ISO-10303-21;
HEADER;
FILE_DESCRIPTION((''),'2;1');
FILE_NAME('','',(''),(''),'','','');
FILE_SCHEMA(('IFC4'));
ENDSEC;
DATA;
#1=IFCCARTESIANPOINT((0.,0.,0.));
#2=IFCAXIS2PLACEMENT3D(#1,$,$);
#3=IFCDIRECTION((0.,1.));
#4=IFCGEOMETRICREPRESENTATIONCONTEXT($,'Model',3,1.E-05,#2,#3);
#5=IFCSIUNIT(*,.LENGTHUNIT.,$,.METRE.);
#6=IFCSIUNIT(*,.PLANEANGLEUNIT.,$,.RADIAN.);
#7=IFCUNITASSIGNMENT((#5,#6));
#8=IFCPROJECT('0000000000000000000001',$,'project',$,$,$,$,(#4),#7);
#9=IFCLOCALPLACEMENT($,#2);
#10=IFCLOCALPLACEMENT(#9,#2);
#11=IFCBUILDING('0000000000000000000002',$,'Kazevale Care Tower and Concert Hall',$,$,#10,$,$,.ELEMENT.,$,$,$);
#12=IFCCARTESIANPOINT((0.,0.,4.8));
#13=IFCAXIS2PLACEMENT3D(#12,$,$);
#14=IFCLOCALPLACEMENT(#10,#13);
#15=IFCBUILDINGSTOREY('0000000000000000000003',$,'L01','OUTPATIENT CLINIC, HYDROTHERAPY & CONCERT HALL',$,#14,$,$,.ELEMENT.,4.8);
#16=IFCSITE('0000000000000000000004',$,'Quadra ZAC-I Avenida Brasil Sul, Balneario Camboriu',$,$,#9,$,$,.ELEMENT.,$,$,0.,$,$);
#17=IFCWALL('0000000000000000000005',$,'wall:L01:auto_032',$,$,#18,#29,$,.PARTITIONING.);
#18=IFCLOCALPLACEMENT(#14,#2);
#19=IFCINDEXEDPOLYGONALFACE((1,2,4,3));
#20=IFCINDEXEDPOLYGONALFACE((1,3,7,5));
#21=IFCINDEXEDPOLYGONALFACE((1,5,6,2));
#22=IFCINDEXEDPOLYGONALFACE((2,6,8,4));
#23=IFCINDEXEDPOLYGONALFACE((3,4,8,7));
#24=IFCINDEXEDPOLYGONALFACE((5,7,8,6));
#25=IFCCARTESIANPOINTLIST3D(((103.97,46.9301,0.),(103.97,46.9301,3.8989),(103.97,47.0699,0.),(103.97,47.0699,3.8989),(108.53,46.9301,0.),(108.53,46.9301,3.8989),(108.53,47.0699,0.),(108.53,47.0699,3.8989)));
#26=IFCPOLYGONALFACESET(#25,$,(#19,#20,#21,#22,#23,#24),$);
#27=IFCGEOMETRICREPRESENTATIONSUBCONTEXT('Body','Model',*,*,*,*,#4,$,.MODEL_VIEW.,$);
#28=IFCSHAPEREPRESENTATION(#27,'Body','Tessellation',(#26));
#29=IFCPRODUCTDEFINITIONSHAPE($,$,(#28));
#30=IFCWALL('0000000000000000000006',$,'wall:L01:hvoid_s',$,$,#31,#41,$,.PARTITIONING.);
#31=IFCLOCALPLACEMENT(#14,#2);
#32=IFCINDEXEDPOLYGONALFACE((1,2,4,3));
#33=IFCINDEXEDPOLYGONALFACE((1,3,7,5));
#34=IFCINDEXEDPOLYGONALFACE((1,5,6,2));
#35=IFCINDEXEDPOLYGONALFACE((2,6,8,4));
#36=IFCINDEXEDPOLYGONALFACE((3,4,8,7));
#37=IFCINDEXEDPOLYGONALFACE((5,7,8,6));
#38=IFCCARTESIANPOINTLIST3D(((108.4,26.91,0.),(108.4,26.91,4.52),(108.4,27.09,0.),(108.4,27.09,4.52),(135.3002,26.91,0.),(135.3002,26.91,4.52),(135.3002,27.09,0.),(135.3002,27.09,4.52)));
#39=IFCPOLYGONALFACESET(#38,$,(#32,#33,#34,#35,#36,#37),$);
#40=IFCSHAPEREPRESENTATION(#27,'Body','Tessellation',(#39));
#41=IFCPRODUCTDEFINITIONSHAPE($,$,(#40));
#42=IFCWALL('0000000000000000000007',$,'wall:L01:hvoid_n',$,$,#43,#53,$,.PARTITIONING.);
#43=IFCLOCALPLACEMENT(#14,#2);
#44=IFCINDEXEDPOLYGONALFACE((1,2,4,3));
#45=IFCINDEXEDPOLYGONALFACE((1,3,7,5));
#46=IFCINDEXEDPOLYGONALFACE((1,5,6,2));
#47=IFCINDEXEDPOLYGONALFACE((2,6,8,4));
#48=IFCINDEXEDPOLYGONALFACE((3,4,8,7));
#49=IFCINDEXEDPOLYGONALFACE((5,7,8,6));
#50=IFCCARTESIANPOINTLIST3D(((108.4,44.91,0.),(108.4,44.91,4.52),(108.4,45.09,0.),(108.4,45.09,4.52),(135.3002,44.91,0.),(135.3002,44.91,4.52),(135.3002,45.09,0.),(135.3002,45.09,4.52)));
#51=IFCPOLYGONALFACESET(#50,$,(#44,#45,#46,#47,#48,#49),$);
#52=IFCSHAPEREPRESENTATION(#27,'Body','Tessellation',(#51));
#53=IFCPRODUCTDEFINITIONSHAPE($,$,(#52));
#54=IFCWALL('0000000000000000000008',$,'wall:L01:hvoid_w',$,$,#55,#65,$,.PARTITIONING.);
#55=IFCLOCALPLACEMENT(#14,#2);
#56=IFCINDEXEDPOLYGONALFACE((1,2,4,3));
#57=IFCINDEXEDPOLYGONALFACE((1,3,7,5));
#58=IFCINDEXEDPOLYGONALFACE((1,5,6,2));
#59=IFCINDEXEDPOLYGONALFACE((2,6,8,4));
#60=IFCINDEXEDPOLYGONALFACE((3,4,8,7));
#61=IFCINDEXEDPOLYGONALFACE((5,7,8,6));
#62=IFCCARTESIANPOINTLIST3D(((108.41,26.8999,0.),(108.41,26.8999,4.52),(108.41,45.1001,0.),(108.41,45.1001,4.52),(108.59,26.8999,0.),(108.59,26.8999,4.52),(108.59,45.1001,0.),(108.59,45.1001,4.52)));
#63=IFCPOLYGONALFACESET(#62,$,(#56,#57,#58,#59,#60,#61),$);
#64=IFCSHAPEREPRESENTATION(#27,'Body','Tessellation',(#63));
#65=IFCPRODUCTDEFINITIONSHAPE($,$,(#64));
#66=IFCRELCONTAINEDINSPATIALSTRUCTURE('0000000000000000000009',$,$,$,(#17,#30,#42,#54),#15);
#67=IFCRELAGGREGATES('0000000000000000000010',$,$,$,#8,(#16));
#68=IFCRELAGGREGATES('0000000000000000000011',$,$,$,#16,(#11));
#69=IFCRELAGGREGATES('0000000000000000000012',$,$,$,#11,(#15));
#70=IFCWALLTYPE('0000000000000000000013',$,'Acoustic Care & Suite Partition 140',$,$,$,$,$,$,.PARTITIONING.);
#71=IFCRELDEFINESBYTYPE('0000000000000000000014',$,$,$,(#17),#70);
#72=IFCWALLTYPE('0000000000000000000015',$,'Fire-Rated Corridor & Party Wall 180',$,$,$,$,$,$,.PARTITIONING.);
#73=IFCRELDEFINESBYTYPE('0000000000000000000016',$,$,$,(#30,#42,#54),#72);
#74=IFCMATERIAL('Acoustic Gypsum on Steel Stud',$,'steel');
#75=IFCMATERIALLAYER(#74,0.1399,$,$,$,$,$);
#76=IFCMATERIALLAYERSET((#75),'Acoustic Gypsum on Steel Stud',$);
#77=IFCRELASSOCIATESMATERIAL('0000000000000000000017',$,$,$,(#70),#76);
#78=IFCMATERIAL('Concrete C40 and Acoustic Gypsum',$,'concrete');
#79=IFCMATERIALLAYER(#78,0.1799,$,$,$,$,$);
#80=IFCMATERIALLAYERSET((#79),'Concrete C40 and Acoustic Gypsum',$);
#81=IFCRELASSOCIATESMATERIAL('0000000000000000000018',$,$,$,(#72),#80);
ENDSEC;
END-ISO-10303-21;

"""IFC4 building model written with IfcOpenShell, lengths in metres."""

from ifc_helpers import new_model, si_unit, direction, frame, frame_2d, origin, place, context, subcontext, project, spatial, rectangle, extrude, material, layer, layer_set, type_object, element, save


model = new_model("IFC4")

# Units and contexts
model_context = context("Model", 3, precision=1e-05, world=origin(), true_north=direction((0.0, 1.0)))
body_context = subcontext(model_context, "Body", "Model", "MODEL_VIEW")
ifc_project = project(units=[si_unit("LENGTHUNIT", "METRE"), si_unit("PLANEANGLEUNIT", "RADIAN")], contexts=[model_context])

# Site, building, storey
site_placement = place(None, origin())
site = spatial("IfcSite", under=ifc_project, at=site_placement, Name="Quadra ZAC-I Avenida Brasil Sul, Balneario Camboriu", CompositionType="ELEMENT", RefElevation=0.0)
building_placement = place(site_placement, origin())
building = spatial("IfcBuilding", under=site, at=building_placement, Name="Kazevale Care Tower and Concert Hall", CompositionType="ELEMENT")
storey_placement = place(building_placement, frame((0.0, 0.0, 4.8)))
storey = spatial("IfcBuildingStorey", under=building, at=storey_placement, Name="L01", Description="OUTPATIENT CLINIC, HYDROTHERAPY & CONCERT HALL", CompositionType="ELEMENT", Elevation=4.8)

# Walls
ifc_material_1 = material(Name="Acoustic Gypsum on Steel Stud", Category="steel")
ifc_layer_1 = layer(ifc_material_1, 0.1399)
ifc_layer_set_1 = layer_set([ifc_layer_1], Name="Acoustic Gypsum on Steel Stud")
wall_type_1 = type_object("IfcWallType", Name="Acoustic Care & Suite Partition 140", PredefinedType="PARTITIONING", material=ifc_layer_set_1)
wall_1_placement = place(storey_placement, frame((103.97, 47.0, 0.0), z_axis=(0.0, 0.0, 1.0), x_axis=(1.0, 0.0, 0.0)))
element("IfcWall", 1, at=wall_1_placement, inside=storey, type_object=wall_type_1, Name="wall:L01:auto_032", PredefinedType="PARTITIONING", context=body_context, shape_type="SweptSolid", body=[
    extrude(rectangle(XDim=4.5601, YDim=0.1399, at=frame_2d((2.28, 0.0))), origin(), (0.0, 0.0, 1.0), 3.8989),
])
ifc_material_2 = material(Name="Concrete C40 and Acoustic Gypsum", Category="concrete")
ifc_layer_2 = layer(ifc_material_2, 0.1799)
ifc_layer_set_2 = layer_set([ifc_layer_2], Name="Concrete C40 and Acoustic Gypsum")
wall_type_2 = type_object("IfcWallType", Name="Fire-Rated Corridor & Party Wall 180", PredefinedType="PARTITIONING", material=ifc_layer_set_2)
for number, where, z_axis, x_axis, name in (
    (2, (108.3999, 27.0, 0.0), (0.0, 0.0, 1.0), (1.0, 0.0, 0.0), "wall:L01:hvoid_s"),
    (3, (108.3999, 45.0, 0.0), (0.0, 0.0, 1.0), (1.0, 0.0, 0.0), "wall:L01:hvoid_n"),
):
    element("IfcWall", number, at=place(storey_placement, frame(where, z_axis=z_axis, x_axis=x_axis)), inside=storey, type_object=wall_type_2, Name=name, PredefinedType="PARTITIONING", context=body_context, shape_type="SweptSolid", body=[
        extrude(rectangle(XDim=26.9001, YDim=0.1799, at=frame_2d((13.4502, 0.0))), origin(), (0.0, 0.0, 1.0), 4.52),
    ])
wall_2_placement = place(storey_placement, frame((108.5, 26.8999, 0.0), z_axis=(0.0, 0.0, 1.0), x_axis=(0.0, 1.0, 0.0)))
element("IfcWall", 4, at=wall_2_placement, inside=storey, type_object=wall_type_2, Name="wall:L01:hvoid_w", PredefinedType="PARTITIONING", context=body_context, shape_type="SweptSolid", body=[
    extrude(rectangle(XDim=18.2002, YDim=0.1799, at=frame_2d((9.1001, 0.0))), origin(), (0.0, 0.0, 1.0), 4.52),
])

save(model, "model.ifc")
